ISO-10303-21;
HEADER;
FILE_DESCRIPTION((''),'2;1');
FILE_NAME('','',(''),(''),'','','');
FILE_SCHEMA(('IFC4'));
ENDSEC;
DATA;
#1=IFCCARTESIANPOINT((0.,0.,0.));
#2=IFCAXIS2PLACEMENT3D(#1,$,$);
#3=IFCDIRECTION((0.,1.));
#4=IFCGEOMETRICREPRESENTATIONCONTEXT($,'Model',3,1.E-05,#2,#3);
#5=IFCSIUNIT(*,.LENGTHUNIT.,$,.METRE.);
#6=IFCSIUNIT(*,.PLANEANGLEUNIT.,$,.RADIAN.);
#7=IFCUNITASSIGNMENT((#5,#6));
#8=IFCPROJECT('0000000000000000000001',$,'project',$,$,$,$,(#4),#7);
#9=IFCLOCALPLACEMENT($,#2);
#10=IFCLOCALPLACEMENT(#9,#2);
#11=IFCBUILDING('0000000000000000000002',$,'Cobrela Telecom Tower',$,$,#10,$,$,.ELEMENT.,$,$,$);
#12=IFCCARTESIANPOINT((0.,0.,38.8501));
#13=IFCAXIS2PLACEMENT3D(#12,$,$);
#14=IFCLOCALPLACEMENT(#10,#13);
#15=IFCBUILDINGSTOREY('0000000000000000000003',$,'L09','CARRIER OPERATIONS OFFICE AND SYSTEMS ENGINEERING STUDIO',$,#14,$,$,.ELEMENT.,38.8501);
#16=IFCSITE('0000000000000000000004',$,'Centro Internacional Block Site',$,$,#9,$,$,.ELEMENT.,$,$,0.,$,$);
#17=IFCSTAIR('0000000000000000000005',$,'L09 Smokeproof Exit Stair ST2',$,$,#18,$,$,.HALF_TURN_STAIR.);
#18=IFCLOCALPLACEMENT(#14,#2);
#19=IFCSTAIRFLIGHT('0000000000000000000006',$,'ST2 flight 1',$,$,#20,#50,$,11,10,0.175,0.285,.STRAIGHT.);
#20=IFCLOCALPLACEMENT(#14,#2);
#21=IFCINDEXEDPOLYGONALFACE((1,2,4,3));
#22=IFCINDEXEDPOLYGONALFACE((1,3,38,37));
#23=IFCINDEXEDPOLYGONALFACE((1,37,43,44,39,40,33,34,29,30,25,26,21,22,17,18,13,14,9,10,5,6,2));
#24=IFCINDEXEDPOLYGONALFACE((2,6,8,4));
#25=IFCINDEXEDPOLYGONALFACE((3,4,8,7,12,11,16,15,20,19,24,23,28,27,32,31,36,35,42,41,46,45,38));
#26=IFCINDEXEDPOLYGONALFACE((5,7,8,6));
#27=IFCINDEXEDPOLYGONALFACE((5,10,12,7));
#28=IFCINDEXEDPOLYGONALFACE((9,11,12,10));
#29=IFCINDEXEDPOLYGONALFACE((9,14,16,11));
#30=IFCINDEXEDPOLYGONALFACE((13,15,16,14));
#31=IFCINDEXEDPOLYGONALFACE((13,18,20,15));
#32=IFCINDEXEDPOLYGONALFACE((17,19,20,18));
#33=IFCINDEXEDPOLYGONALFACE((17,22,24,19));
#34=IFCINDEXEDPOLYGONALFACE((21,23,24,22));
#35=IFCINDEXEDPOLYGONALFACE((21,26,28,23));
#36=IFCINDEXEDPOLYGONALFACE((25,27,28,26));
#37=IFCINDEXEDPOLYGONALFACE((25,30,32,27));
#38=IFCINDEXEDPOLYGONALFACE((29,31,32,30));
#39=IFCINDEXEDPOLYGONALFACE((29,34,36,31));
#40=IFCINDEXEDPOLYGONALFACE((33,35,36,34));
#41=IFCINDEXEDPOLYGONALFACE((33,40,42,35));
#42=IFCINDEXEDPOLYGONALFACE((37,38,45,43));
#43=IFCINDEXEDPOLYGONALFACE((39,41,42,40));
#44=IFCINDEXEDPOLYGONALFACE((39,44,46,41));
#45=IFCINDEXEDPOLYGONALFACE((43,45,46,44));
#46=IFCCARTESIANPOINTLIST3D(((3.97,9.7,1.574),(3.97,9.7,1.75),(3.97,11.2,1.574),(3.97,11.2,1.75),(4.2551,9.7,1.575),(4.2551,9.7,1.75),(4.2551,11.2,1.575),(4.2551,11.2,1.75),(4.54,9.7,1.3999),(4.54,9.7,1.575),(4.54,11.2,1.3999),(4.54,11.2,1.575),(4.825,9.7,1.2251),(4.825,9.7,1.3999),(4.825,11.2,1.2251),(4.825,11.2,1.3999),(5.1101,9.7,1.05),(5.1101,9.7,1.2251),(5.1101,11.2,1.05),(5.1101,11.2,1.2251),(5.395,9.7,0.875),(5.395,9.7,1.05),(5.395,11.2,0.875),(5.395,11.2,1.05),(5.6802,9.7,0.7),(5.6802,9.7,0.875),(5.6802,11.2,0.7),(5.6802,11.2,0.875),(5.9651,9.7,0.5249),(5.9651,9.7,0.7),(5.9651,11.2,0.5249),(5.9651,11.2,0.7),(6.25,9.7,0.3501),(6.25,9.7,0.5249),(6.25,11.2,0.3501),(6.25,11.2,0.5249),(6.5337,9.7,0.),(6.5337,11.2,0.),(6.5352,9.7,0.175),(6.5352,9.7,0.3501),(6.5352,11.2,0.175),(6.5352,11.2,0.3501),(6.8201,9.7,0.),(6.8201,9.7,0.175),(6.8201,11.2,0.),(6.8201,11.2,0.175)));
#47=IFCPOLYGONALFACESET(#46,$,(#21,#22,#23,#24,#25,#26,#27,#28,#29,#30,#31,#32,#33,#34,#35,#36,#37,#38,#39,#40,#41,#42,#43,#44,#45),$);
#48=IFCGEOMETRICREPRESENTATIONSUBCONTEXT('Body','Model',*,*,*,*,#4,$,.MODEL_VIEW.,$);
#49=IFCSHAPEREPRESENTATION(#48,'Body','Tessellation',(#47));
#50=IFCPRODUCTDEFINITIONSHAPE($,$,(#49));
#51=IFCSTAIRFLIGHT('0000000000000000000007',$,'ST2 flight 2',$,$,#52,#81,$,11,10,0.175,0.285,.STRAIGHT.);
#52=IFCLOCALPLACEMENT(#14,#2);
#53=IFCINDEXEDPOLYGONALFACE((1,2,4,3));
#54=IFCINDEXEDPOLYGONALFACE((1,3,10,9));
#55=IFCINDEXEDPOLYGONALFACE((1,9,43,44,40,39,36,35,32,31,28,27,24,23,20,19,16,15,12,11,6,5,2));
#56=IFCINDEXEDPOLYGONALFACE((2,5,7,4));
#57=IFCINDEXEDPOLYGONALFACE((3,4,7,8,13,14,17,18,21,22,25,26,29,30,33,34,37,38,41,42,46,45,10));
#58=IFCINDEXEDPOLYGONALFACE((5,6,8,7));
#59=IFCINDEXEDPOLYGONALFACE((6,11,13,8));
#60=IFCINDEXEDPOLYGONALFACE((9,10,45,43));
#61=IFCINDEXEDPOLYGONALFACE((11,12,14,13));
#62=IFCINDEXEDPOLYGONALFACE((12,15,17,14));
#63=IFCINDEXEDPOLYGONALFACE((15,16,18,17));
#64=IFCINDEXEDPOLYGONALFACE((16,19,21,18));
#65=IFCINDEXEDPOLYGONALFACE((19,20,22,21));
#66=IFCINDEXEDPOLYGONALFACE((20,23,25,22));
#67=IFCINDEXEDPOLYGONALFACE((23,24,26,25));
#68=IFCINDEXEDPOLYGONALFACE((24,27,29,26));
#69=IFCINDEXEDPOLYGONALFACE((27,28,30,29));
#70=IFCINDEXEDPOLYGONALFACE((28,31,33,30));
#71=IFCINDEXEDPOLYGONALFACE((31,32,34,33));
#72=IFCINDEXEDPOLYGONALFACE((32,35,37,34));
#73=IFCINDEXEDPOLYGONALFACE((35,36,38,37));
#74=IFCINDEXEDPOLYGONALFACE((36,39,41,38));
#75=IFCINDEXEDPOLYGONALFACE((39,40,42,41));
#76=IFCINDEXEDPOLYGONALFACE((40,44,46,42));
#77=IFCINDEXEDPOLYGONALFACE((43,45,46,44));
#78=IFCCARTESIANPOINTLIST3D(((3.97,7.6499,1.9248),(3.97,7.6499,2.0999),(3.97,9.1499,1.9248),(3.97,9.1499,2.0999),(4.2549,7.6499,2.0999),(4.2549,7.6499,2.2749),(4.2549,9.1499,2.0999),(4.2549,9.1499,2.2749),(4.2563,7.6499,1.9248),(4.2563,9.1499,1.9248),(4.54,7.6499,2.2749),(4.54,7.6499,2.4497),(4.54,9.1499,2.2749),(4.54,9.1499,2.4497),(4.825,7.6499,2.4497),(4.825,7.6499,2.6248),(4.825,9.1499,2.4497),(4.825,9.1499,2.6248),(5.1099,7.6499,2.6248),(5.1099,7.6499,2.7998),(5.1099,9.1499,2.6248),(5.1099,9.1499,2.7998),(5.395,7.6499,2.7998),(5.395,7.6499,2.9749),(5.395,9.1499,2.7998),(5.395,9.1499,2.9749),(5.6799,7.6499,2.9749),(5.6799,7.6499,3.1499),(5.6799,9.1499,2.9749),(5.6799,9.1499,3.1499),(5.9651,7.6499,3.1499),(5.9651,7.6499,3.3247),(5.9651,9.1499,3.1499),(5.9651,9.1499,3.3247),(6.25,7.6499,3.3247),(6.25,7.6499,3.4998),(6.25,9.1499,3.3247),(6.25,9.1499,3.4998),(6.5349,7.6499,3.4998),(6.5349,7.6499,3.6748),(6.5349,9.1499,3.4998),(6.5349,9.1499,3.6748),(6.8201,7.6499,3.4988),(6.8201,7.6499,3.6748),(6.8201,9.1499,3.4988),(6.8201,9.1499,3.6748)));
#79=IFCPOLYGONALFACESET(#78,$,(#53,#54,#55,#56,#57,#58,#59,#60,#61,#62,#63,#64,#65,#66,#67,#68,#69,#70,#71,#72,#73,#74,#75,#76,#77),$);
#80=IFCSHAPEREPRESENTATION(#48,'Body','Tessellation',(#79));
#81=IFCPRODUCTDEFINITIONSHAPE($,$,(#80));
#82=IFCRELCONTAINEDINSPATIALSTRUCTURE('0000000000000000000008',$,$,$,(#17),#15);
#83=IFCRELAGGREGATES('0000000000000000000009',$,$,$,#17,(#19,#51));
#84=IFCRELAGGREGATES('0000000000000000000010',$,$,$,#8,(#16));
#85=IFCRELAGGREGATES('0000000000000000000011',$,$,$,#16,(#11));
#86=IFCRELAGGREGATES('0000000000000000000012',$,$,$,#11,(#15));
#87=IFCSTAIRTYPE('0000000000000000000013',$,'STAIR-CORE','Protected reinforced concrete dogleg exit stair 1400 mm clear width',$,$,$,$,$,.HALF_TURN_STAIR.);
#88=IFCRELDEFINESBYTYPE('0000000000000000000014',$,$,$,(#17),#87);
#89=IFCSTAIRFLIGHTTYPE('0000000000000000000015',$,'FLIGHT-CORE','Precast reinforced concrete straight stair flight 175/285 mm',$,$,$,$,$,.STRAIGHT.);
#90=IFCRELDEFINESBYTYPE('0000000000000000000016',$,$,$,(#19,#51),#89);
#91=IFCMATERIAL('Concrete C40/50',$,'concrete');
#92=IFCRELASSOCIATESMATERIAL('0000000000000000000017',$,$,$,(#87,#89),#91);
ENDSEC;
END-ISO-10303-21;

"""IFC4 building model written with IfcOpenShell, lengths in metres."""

from ifc_helpers import new_model, si_unit, direction, frame, origin, place, context, subcontext, project, spatial, polyline, outline, extrude, material, type_object, element, aggregate, save


model = new_model("IFC4")

# Units and contexts
model_context = context("Model", 3, precision=1e-05, world=origin(), true_north=direction((0.0, 1.0)))
body_context = subcontext(model_context, "Body", "Model", "MODEL_VIEW")
ifc_project = project(units=[si_unit("LENGTHUNIT", "METRE"), si_unit("PLANEANGLEUNIT", "RADIAN")], contexts=[model_context])

# Site, building, storey
site_placement = place(None, origin())
site = spatial("IfcSite", under=ifc_project, at=site_placement, Name="Centro Internacional Block Site", CompositionType="ELEMENT", RefElevation=0.0)
building_placement = place(site_placement, origin())
building = spatial("IfcBuilding", under=site, at=building_placement, Name="Cobrela Telecom Tower", CompositionType="ELEMENT")
storey_placement = place(building_placement, frame((0.0, 0.0, 38.8501)))
storey = spatial("IfcBuildingStorey", under=building, at=storey_placement, Name="L09", Description="CARRIER OPERATIONS OFFICE AND SYSTEMS ENGINEERING STUDIO", CompositionType="ELEMENT", Elevation=38.8501)

# Shared definitions
ifc_material_1 = material(Name="Concrete C40/50", Category="concrete")

# Stair, stair flights
stair_type = type_object("IfcStairType", Name="STAIR-CORE", Description="Protected reinforced concrete dogleg exit stair 1400 mm clear width", PredefinedType="HALF_TURN_STAIR", material=ifc_material_1)
stair_placement = place(storey_placement, origin())
stair = element("IfcStair", 1, at=stair_placement, inside=storey, type_object=stair_type, Name="L09 Smokeproof Exit Stair ST2", PredefinedType="HALF_TURN_STAIR")
stair_flight_type = type_object("IfcStairFlightType", Name="FLIGHT-CORE", Description="Precast reinforced concrete straight stair flight 175/285 mm", PredefinedType="STRAIGHT", material=ifc_material_1)
stair_flight_1_placement = place(storey_placement, frame((6.8201, 10.45, 0.0), z_axis=(0.0, 0.0, 1.0), x_axis=(-1.0, 0.0, 0.0)))
stair_flight_1 = element("IfcStairFlight", 2, at=stair_flight_1_placement, type_object=stair_flight_type, Name="ST2 flight 1", NumberOfRisers=11, NumberOfTreads=10, PredefinedType="STRAIGHT", RiserHeight=0.175, TreadLength=0.285, context=body_context, shape_type="SweptSolid", body=[
    extrude(outline(polyline([(0.0, 0.0), (0.0, 0.175), (0.2849, 0.175), (0.2849, 0.3501), (0.5701, 0.3501), (0.5701, 0.5249), (0.855, 0.5249), (0.855, 0.7), (1.1399, 0.7), (1.1399, 0.875), (1.425, 0.875), (1.425, 1.05), (1.71, 1.05), (1.71, 1.2251), (1.9951, 1.2251), (1.9951, 1.3999), (2.28, 1.3999), (2.28, 1.575), (2.5649, 1.575), (2.5649, 1.75), (2.8501, 1.75), (2.8501, 1.925), (2.8501, 1.574), (0.2864, 0.0), (0.0, 0.0)])), frame((0.0, 0.75, 0.0), z_axis=(0.0, -1.0, 0.0), x_axis=(1.0, 0.0, 0.0)), (0.0, 0.0, 1.0), 1.5),
])
stair_flight_2_placement = place(storey_placement, frame((3.97, 8.3999, 1.9248), z_axis=(0.0, 0.0, 1.0), x_axis=(1.0, 0.0, 0.0)))
stair_flight_2 = element("IfcStairFlight", 3, at=stair_flight_2_placement, type_object=stair_flight_type, Name="ST2 flight 2", NumberOfRisers=11, NumberOfTreads=10, PredefinedType="STRAIGHT", RiserHeight=0.175, TreadLength=0.285, context=body_context, shape_type="SweptSolid", body=[
    extrude(outline(polyline([(0.0, 0.0), (0.0, 0.175), (0.2849, 0.175), (0.2849, 0.3501), (0.5701, 0.3501), (0.5701, 0.5249), (0.855, 0.5249), (0.855, 0.7), (1.1399, 0.7), (1.1399, 0.875), (1.425, 0.875), (1.425, 1.05), (1.71, 1.05), (1.71, 1.2251), (1.9951, 1.2251), (1.9951, 1.3999), (2.28, 1.3999), (2.28, 1.575), (2.5649, 1.575), (2.5649, 1.75), (2.8501, 1.75), (2.8501, 1.925), (2.8501, 1.574), (0.2864, 0.0), (0.0, 0.0)])), frame((0.0, 0.75, 0.0), z_axis=(0.0, -1.0, 0.0), x_axis=(1.0, 0.0, 0.0)), (0.0, 0.0, 1.0), 1.5),
])
aggregate(stair, [stair_flight_1, stair_flight_2])

save(model, "model.ifc")
